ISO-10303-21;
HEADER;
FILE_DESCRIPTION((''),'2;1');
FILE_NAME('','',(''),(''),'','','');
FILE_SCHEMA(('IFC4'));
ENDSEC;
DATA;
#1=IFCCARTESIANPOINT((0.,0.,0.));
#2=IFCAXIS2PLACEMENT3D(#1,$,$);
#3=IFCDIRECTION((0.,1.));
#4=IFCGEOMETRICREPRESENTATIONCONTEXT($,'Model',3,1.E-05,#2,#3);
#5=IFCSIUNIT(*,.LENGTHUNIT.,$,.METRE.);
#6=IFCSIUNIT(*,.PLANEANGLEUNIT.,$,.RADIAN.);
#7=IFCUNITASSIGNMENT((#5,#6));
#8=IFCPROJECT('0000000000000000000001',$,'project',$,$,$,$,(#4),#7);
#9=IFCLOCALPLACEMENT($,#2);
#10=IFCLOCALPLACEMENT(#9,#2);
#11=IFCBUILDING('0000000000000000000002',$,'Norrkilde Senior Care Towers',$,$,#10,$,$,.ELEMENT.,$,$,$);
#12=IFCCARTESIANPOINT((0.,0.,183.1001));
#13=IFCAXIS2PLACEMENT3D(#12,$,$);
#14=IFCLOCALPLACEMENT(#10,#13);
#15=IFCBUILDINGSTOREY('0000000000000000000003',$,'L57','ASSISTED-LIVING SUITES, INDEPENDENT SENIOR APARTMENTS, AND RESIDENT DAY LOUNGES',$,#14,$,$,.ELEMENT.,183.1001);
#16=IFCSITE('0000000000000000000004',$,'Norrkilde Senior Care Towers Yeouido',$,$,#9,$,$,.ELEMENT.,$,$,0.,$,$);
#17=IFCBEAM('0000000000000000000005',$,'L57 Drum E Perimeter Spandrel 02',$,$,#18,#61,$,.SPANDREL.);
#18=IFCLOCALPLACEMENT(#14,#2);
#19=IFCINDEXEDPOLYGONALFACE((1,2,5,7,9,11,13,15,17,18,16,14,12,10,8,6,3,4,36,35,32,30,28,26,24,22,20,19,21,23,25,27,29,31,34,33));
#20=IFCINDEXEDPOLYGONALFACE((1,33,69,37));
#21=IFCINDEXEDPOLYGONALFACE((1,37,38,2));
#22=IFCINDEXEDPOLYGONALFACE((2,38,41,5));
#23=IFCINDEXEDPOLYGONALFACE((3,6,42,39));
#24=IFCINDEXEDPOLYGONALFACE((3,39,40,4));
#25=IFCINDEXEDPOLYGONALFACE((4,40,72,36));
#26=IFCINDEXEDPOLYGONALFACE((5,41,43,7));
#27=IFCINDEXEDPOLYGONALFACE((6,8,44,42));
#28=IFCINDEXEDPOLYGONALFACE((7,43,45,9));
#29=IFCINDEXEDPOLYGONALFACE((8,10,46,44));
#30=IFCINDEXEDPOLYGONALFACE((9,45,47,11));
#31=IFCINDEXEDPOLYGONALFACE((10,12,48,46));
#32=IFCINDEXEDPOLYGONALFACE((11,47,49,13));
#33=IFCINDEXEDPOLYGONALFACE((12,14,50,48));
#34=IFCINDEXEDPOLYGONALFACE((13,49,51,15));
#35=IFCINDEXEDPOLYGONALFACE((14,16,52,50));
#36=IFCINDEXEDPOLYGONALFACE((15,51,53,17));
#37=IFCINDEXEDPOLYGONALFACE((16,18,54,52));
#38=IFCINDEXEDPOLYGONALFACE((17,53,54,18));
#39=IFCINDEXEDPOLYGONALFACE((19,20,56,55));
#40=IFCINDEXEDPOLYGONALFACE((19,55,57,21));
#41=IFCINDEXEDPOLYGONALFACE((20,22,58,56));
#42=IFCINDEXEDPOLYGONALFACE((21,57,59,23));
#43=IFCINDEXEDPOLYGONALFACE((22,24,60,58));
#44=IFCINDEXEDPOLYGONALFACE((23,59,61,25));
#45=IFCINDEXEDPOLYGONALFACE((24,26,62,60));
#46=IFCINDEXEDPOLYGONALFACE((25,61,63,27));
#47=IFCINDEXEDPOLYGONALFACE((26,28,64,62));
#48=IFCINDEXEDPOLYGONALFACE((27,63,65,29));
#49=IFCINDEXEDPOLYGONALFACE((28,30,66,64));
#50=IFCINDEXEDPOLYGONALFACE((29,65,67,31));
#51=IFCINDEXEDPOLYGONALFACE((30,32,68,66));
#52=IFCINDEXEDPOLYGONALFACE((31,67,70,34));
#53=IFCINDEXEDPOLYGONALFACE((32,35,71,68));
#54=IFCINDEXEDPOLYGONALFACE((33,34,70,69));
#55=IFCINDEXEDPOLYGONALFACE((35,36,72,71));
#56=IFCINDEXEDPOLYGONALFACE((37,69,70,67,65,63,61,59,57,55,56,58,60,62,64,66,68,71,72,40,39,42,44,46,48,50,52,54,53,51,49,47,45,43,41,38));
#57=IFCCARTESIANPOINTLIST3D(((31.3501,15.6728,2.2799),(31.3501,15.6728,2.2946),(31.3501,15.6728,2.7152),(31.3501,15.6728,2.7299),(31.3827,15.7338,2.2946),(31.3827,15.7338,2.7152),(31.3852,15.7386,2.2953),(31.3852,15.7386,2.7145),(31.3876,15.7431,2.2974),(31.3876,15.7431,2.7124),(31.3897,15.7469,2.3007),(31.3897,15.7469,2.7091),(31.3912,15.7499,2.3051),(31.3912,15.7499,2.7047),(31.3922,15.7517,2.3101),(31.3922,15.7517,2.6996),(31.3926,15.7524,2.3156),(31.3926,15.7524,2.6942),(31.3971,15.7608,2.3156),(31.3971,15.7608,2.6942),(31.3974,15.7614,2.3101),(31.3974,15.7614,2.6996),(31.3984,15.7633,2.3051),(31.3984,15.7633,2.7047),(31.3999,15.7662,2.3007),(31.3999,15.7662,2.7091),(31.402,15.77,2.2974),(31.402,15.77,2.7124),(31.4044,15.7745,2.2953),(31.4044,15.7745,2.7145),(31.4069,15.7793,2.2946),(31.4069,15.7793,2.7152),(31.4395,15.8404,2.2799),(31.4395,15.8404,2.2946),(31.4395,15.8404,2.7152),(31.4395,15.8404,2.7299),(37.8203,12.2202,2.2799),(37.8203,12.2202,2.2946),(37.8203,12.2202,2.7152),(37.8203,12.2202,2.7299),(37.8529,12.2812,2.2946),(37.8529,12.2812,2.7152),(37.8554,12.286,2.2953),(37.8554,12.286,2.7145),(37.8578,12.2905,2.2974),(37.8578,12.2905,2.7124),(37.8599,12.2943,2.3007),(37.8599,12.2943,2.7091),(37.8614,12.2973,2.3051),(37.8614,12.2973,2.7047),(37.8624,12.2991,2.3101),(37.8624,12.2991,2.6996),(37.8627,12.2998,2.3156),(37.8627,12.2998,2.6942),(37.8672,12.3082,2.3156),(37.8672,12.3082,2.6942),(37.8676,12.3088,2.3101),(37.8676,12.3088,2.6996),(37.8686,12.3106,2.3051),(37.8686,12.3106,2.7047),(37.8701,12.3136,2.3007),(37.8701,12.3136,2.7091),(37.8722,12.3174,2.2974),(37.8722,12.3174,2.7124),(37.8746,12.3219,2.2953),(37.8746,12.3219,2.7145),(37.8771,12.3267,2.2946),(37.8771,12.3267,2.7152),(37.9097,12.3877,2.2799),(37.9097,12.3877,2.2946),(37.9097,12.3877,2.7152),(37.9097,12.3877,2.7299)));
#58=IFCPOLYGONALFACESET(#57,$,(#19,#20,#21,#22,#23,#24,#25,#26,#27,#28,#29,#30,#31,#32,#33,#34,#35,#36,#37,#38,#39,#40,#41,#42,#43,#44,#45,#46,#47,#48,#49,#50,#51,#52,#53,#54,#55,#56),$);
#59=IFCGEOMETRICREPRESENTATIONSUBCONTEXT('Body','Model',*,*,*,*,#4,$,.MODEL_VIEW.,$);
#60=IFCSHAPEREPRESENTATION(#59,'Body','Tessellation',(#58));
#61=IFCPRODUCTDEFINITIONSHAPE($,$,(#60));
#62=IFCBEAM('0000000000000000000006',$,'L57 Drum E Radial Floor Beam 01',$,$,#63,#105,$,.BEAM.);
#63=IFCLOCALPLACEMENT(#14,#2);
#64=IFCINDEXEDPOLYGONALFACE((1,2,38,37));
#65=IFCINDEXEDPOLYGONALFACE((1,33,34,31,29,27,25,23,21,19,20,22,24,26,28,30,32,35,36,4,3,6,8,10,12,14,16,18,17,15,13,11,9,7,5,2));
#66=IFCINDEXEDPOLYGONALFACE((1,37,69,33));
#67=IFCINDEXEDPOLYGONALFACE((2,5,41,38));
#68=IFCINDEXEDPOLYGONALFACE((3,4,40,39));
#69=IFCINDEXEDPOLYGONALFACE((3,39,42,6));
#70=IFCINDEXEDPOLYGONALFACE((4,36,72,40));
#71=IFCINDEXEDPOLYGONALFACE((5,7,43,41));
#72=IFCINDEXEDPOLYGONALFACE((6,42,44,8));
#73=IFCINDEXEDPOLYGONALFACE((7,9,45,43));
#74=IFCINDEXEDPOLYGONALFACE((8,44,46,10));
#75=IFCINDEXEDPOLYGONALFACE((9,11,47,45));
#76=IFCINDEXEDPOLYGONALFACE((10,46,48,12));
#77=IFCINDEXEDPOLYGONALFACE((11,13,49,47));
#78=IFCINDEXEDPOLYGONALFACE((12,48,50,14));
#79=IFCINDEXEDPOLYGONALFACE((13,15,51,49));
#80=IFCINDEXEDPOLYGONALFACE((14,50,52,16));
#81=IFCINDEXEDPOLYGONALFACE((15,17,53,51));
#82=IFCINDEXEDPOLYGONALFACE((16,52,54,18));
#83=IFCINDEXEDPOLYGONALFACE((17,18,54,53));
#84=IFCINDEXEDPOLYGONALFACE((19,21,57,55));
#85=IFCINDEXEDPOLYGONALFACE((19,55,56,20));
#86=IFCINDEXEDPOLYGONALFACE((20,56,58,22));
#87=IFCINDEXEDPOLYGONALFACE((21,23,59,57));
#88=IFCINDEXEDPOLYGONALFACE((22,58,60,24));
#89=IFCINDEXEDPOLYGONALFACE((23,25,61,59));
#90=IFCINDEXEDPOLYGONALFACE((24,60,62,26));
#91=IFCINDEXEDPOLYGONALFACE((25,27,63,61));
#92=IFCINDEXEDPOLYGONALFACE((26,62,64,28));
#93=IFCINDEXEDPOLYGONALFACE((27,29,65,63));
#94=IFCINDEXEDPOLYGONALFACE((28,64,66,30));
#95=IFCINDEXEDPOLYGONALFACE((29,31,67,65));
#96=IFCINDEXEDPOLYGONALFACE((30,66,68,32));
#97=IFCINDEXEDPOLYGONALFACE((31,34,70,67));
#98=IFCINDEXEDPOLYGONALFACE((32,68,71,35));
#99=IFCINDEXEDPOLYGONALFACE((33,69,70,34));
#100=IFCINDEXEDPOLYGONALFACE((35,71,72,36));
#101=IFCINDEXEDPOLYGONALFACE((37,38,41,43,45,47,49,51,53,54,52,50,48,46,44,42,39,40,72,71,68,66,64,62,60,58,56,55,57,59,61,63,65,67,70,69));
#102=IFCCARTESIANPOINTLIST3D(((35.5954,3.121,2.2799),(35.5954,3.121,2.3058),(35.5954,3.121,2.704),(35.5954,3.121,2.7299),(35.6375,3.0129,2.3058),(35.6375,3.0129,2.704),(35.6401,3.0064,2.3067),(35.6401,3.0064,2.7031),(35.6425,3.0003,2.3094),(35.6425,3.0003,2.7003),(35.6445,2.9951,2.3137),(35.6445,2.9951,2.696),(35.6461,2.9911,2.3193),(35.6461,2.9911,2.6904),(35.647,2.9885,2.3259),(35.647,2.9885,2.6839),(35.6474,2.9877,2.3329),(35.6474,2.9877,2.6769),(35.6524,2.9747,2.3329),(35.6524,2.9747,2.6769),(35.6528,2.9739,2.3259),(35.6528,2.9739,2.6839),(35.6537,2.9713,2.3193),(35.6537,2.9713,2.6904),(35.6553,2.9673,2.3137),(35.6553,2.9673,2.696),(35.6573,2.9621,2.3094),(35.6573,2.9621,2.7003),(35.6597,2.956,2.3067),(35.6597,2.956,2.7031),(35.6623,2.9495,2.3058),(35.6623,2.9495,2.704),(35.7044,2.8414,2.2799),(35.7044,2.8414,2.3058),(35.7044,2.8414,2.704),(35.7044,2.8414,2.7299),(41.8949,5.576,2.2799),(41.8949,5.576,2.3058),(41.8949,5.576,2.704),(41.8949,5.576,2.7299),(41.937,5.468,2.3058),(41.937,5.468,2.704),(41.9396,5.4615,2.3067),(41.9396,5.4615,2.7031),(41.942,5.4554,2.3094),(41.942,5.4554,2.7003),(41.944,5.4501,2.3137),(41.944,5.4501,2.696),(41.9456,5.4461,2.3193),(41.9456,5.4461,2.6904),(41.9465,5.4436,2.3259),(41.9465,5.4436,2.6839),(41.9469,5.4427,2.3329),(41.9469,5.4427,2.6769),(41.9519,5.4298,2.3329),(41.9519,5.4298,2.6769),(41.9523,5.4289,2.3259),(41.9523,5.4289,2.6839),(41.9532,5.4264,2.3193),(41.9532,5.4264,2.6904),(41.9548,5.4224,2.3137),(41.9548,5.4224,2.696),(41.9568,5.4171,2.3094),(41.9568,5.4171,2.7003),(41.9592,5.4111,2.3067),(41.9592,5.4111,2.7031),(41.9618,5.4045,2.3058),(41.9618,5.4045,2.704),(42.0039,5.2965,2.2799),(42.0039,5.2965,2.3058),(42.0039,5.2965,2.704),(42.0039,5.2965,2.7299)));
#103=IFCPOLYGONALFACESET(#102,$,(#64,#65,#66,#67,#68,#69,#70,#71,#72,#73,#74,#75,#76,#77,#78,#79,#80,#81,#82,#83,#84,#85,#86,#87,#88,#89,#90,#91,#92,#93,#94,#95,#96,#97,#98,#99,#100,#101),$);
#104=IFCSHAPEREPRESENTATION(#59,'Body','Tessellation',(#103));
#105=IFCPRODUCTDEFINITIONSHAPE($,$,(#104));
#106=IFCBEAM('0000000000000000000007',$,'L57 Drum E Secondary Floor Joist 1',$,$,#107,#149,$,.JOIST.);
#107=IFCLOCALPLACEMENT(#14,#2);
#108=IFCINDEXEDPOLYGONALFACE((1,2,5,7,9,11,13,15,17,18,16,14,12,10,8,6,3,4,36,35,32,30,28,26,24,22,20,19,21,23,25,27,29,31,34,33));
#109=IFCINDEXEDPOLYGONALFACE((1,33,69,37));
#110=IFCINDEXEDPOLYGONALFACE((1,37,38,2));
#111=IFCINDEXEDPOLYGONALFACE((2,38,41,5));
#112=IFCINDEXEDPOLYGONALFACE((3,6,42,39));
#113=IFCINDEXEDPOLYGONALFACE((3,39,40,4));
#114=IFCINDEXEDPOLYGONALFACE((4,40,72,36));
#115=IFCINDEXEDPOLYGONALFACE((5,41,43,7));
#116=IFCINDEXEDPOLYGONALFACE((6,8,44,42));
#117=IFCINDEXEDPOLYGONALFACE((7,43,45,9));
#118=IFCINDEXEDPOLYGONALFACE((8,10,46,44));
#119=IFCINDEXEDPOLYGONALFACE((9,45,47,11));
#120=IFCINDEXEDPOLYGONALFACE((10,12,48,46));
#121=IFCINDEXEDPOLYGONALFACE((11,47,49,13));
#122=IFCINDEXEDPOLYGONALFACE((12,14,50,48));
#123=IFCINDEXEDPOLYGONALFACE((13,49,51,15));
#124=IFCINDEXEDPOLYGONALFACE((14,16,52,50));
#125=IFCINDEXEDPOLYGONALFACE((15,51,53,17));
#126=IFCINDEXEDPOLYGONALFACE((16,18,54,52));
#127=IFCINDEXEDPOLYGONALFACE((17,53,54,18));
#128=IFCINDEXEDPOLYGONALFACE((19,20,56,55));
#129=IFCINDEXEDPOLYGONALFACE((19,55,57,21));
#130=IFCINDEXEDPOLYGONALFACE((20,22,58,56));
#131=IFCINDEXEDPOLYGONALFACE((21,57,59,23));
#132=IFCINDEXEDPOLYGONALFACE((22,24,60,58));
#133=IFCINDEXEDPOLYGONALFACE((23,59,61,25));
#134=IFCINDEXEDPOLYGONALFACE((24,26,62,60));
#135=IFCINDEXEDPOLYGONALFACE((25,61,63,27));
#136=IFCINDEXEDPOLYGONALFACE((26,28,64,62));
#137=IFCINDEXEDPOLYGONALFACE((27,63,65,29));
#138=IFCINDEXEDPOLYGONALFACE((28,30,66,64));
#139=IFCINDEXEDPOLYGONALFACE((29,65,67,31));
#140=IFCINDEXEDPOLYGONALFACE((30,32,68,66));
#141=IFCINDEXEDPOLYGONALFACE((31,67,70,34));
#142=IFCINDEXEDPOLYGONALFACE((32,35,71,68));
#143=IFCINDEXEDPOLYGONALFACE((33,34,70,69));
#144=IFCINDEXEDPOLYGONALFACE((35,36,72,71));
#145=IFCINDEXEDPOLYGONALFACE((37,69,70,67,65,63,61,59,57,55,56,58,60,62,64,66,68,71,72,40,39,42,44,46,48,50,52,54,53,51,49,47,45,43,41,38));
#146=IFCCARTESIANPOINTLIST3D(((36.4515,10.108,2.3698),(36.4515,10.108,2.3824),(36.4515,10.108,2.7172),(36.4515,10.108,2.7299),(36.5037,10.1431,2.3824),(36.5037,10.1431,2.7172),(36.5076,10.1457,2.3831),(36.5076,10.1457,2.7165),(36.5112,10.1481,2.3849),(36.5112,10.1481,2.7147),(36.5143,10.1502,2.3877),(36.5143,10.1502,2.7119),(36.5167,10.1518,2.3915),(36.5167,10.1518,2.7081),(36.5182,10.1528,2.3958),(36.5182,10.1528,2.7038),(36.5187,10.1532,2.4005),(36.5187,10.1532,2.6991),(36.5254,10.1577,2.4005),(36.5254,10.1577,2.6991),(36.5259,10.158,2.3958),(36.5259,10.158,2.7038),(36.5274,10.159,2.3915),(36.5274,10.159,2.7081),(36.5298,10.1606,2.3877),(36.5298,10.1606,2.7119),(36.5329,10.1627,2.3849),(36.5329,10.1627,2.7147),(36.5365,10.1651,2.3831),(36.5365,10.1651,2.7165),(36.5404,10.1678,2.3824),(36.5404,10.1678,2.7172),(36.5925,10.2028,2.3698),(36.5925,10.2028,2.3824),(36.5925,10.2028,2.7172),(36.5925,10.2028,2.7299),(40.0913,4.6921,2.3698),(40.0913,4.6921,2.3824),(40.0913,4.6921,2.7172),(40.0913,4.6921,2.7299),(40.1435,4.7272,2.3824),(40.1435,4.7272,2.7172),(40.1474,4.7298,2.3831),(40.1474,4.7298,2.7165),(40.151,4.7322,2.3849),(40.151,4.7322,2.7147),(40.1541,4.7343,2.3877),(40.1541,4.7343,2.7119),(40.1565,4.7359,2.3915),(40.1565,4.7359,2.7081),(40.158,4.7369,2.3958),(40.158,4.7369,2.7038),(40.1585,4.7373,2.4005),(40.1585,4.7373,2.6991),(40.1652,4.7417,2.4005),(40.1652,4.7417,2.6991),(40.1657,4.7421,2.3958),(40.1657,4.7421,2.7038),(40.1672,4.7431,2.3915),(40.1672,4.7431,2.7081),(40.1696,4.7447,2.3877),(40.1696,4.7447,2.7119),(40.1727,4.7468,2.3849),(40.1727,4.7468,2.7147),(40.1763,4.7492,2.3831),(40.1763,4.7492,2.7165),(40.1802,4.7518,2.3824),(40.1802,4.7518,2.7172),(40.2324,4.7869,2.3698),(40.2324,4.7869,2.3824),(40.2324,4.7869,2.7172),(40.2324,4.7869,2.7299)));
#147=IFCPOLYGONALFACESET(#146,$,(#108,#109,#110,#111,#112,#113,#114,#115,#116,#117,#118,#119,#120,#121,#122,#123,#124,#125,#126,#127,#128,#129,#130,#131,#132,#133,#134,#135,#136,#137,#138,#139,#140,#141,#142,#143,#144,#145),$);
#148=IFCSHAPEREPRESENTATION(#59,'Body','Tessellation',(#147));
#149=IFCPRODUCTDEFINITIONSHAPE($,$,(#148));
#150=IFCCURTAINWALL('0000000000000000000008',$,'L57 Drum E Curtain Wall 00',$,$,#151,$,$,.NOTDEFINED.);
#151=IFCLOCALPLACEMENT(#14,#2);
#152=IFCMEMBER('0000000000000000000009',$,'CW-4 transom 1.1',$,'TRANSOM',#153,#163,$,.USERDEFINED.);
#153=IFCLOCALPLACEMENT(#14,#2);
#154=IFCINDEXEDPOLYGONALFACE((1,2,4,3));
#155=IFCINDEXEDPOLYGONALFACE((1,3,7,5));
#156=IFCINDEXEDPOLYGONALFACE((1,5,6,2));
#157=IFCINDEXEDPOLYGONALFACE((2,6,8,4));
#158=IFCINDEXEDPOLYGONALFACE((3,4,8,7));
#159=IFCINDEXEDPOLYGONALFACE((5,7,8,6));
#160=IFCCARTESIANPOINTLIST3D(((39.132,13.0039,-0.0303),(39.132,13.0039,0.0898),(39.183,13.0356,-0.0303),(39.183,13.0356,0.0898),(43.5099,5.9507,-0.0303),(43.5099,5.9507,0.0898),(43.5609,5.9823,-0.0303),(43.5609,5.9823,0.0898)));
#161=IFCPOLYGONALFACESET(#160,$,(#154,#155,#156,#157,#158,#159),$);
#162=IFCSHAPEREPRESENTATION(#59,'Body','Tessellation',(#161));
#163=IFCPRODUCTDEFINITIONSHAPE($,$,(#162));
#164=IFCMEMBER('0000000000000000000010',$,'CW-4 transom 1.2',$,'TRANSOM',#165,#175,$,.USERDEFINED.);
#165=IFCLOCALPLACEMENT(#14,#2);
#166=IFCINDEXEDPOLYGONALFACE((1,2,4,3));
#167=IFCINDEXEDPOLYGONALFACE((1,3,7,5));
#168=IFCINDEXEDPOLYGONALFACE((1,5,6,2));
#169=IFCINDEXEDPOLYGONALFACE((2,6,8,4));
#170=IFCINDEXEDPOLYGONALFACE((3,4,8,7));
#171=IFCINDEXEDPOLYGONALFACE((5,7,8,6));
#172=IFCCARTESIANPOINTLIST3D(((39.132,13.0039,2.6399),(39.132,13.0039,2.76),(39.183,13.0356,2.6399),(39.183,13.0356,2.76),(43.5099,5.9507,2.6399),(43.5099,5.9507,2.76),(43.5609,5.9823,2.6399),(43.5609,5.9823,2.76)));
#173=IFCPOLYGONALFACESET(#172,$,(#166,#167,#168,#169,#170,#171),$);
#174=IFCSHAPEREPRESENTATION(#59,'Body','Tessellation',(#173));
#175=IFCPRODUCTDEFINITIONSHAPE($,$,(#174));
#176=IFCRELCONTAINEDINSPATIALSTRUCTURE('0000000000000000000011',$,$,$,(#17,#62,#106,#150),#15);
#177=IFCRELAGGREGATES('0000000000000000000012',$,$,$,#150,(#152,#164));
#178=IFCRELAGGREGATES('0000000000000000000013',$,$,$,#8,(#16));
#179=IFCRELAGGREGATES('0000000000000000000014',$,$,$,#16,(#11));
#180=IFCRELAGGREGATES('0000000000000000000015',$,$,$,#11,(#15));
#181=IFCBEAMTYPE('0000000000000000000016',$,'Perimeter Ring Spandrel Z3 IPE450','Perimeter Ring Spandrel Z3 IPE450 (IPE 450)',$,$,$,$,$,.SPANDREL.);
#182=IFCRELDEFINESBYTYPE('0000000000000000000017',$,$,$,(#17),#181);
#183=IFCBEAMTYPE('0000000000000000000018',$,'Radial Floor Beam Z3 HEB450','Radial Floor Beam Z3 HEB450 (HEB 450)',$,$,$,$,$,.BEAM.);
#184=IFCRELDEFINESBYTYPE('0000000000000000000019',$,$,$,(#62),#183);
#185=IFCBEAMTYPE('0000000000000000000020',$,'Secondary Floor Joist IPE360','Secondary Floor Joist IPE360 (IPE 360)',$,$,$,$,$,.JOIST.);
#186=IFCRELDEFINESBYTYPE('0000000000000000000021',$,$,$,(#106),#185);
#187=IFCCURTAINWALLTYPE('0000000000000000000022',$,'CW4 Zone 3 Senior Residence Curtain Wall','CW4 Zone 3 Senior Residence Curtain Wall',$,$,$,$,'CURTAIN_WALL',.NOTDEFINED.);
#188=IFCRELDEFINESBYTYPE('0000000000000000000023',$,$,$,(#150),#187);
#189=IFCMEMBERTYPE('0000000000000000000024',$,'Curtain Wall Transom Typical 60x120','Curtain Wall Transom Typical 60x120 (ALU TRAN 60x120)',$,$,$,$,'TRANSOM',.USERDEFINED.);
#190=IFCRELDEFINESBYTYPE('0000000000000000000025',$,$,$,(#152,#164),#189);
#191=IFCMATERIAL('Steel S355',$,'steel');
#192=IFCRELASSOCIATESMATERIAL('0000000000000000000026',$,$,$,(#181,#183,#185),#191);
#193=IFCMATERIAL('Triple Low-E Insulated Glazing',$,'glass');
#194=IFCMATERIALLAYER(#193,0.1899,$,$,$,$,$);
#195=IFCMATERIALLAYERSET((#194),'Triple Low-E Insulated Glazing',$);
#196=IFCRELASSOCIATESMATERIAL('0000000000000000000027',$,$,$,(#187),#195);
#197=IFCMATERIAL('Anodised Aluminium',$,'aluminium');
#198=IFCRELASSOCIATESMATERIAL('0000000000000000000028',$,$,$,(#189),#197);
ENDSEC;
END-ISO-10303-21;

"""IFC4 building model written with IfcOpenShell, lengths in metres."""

from ifc_helpers import new_model, si_unit, direction, frame, origin, origin_2d, place, context, subcontext, project, spatial, rectangle, i_section, extrude, source, transform, mapped, material, layer, layer_set, material_profile, profile_set, type_object, type_shapes, element, aggregate, save


model = new_model("IFC4")

# Units and contexts
model_context = context("Model", 3, precision=1e-05, world=origin(), true_north=direction((0.0, 1.0)))
body_context = subcontext(model_context, "Body", "Model", "MODEL_VIEW")
ifc_project = project(units=[si_unit("LENGTHUNIT", "METRE"), si_unit("PLANEANGLEUNIT", "RADIAN")], contexts=[model_context])

# Site, building, storey
site_placement = place(None, origin())
site = spatial("IfcSite", under=ifc_project, at=site_placement, Name="Norrkilde Senior Care Towers Yeouido", CompositionType="ELEMENT", RefElevation=0.0)
building_placement = place(site_placement, origin())
building = spatial("IfcBuilding", under=site, at=building_placement, Name="Norrkilde Senior Care Towers", CompositionType="ELEMENT")
storey_placement = place(building_placement, frame((0.0, 0.0, 183.1001)))
storey = spatial("IfcBuildingStorey", under=building, at=storey_placement, Name="L57", Description="ASSISTED-LIVING SUITES, INDEPENDENT SENIOR APARTMENTS, AND RESIDENT DAY LOUNGES", CompositionType="ELEMENT", Elevation=183.1001)

# Beams
ifc_material_1 = material(Name="Steel S355", Category="steel")
ifc_material_profile_1 = material_profile(ifc_material_1, i_section(OverallWidth=0.1899, OverallDepth=0.45, WebThickness=0.0095, FlangeThickness=0.0146, FilletRadius=0.021, at=origin_2d()), Name="IPE 450")
ifc_profile_set_1 = profile_set([ifc_material_profile_1], Name="Steel S355")
beam_type_1 = type_object("IfcBeamType", Name="Perimeter Ring Spandrel Z3 IPE450", Description="Perimeter Ring Spandrel Z3 IPE450 (IPE 450)", PredefinedType="SPANDREL", material=ifc_profile_set_1)
shared_shape_1 = source(origin(), body_context, "Body", "SweptSolid", [
    extrude(i_section(OverallWidth=0.1899, OverallDepth=0.45, WebThickness=0.0095, FlangeThickness=0.0146, FilletRadius=0.021, at=origin_2d()), origin(), (0.0, 0.0, 1.0), 7.3337),
])
beam_1_placement = place(storey_placement, frame((37.865, 12.304, 2.5049), z_axis=(-0.882248, 0.470785, 0.0), x_axis=(-0.470785, -0.882248, 0.0)))
element("IfcBeam", 1, at=beam_1_placement, inside=storey, type_object=beam_type_1, Name="L57 Drum E Perimeter Spandrel 02", PredefinedType="SPANDREL", context=body_context, shape_type="MappedRepresentation", body=[
    mapped(shared_shape_1, transform((0.0, 0.0, 0.0), x_axis=(1.0, 0.0, 0.0), y_axis=(0.0, 1.0, 0.0), z_axis=(0.0, 0.0, 1.0), scale=1.0)),
])
ifc_material_profile_2 = material_profile(ifc_material_1, i_section(OverallWidth=0.3, OverallDepth=0.45, WebThickness=0.0139, FlangeThickness=0.0259, FilletRadius=0.0271, at=origin_2d()), Name="HEB 450")
ifc_profile_set_2 = profile_set([ifc_material_profile_2], Name="Steel S355")
beam_type_2 = type_object("IfcBeamType", Name="Radial Floor Beam Z3 HEB450", Description="Radial Floor Beam Z3 HEB450 (HEB 450)", PredefinedType="BEAM", material=ifc_profile_set_2)
shared_shape_2 = source(origin(), body_context, "Body", "SweptSolid", [
    extrude(i_section(OverallWidth=0.3, OverallDepth=0.45, WebThickness=0.0139, FlangeThickness=0.0259, FilletRadius=0.0271, at=origin_2d()), origin(), (0.0, 0.0, 1.0), 6.761),
])
type_shapes(beam_type_2, [shared_shape_2])
beam_2_placement = place(storey_placement, frame((35.6499, 2.9812, 2.5049), z_axis=(0.931742, 0.363121, 0.0), x_axis=(-0.363121, 0.931742, 0.0)))
element("IfcBeam", 2, at=beam_2_placement, inside=storey, type_object=beam_type_2, Name="L57 Drum E Radial Floor Beam 01", PredefinedType="BEAM", context=body_context, shape_type="MappedRepresentation", body=[
    mapped(shared_shape_2, transform((0.0, 0.0, 0.0), x_axis=(1.0, 0.0, 0.0), y_axis=(0.0, 1.0, 0.0), z_axis=(0.0, 0.0, 1.0), scale=1.0)),
])
ifc_material_profile_3 = material_profile(ifc_material_1, i_section(OverallWidth=0.1699, OverallDepth=0.3601, WebThickness=0.0081, FlangeThickness=0.0127, FilletRadius=0.0181, at=origin_2d()), Name="IPE 360")
ifc_profile_set_3 = profile_set([ifc_material_profile_3], Name="Steel S355")
beam_type_3 = type_object("IfcBeamType", Name="Secondary Floor Joist IPE360", Description="Secondary Floor Joist IPE360 (IPE 360)", PredefinedType="JOIST", material=ifc_profile_set_3)
shared_shape_3 = source(origin(), body_context, "Body", "SweptSolid", [
    extrude(i_section(OverallWidth=0.1699, OverallDepth=0.3601, WebThickness=0.0081, FlangeThickness=0.0127, FilletRadius=0.0181, at=origin_2d()), origin(), (0.0, 0.0, 1.0), 6.5254),
])
type_shapes(beam_type_3, [shared_shape_3])
beam_3_placement = place(storey_placement, frame((40.1619, 4.7395, 2.5498), z_axis=(-0.557796, 0.829978, 0.0), x_axis=(-0.829978, -0.557796, 0.0)))
element("IfcBeam", 3, at=beam_3_placement, inside=storey, type_object=beam_type_3, Name="L57 Drum E Secondary Floor Joist 1", PredefinedType="JOIST", context=body_context, shape_type="MappedRepresentation", body=[
    mapped(shared_shape_3, transform((0.0, 0.0, 0.0), x_axis=(1.0, 0.0, 0.0), y_axis=(0.0, 1.0, 0.0), z_axis=(0.0, 0.0, 1.0), scale=1.0)),
])

# Curtain wall, members
ifc_material_2 = material(Name="Triple Low-E Insulated Glazing", Category="glass")
ifc_layer_1 = layer(ifc_material_2, 0.1899)
ifc_layer_set_1 = layer_set([ifc_layer_1], Name="Triple Low-E Insulated Glazing")
curtain_wall_type = type_object("IfcCurtainWallType", Name="CW4 Zone 3 Senior Residence Curtain Wall", Description="CW4 Zone 3 Senior Residence Curtain Wall", ElementType="CURTAIN_WALL", PredefinedType="NOTDEFINED", material=ifc_layer_set_1)
curtain_wall_1_placement = place(storey_placement, origin())
curtain_wall_1 = element("IfcCurtainWall", 4, at=curtain_wall_1_placement, inside=storey, type_object=curtain_wall_type, Name="L57 Drum E Curtain Wall 00", PredefinedType="NOTDEFINED")
ifc_material_3 = material(Name="Anodised Aluminium", Category="aluminium")
ifc_material_profile_4 = material_profile(ifc_material_3, rectangle(XDim=0.0601, YDim=0.1201, at=origin_2d()), Name="ALU TRAN 60x120")
ifc_profile_set_4 = profile_set([ifc_material_profile_4], Name="Anodised Aluminium")
member_type_1 = type_object("IfcMemberType", Name="Curtain Wall Transom Typical 60x120", Description="Curtain Wall Transom Typical 60x120 (ALU TRAN 60x120)", ElementType="TRANSOM", PredefinedType="USERDEFINED", material=ifc_profile_set_4)
shared_shape_4 = source(origin(), body_context, "Body", "SweptSolid", [
    extrude(rectangle(XDim=0.0601, YDim=0.1201, at=origin_2d()), origin(), (0.0, 0.0, 1.0), 8.3015),
])
member_1_placement = place(storey_placement, frame((39.1575, 13.0198, 0.0298), z_axis=(0.527369, -0.849637, 0.0), x_axis=(0.849637, 0.527369, 0.0)))
member_1 = element("IfcMember", 5, at=member_1_placement, type_object=member_type_1, Name="CW-4 transom 1.1", ObjectType="TRANSOM", PredefinedType="USERDEFINED", context=body_context, shape_type="MappedRepresentation", body=[
    mapped(shared_shape_4, transform((0.0, 0.0, 0.0), x_axis=(1.0, 0.0, 0.0), y_axis=(0.0, 1.0, 0.0), z_axis=(0.0, 0.0, 1.0), scale=1.0)),
])
member_2_placement = place(storey_placement, frame((39.1575, 13.0198, 2.7), z_axis=(0.527369, -0.849637, 0.0), x_axis=(0.849637, 0.527369, 0.0)))
member_2 = element("IfcMember", 6, at=member_2_placement, type_object=member_type_1, Name="CW-4 transom 1.2", ObjectType="TRANSOM", PredefinedType="USERDEFINED", context=body_context, shape_type="MappedRepresentation", body=[
    mapped(shared_shape_4, transform((0.0, 0.0, 0.0), x_axis=(1.0, 0.0, 0.0), y_axis=(0.0, 1.0, 0.0), z_axis=(0.0, 0.0, 1.0), scale=1.0)),
])

aggregate(curtain_wall_1, [member_1, member_2])

save(model, "model.ifc")
